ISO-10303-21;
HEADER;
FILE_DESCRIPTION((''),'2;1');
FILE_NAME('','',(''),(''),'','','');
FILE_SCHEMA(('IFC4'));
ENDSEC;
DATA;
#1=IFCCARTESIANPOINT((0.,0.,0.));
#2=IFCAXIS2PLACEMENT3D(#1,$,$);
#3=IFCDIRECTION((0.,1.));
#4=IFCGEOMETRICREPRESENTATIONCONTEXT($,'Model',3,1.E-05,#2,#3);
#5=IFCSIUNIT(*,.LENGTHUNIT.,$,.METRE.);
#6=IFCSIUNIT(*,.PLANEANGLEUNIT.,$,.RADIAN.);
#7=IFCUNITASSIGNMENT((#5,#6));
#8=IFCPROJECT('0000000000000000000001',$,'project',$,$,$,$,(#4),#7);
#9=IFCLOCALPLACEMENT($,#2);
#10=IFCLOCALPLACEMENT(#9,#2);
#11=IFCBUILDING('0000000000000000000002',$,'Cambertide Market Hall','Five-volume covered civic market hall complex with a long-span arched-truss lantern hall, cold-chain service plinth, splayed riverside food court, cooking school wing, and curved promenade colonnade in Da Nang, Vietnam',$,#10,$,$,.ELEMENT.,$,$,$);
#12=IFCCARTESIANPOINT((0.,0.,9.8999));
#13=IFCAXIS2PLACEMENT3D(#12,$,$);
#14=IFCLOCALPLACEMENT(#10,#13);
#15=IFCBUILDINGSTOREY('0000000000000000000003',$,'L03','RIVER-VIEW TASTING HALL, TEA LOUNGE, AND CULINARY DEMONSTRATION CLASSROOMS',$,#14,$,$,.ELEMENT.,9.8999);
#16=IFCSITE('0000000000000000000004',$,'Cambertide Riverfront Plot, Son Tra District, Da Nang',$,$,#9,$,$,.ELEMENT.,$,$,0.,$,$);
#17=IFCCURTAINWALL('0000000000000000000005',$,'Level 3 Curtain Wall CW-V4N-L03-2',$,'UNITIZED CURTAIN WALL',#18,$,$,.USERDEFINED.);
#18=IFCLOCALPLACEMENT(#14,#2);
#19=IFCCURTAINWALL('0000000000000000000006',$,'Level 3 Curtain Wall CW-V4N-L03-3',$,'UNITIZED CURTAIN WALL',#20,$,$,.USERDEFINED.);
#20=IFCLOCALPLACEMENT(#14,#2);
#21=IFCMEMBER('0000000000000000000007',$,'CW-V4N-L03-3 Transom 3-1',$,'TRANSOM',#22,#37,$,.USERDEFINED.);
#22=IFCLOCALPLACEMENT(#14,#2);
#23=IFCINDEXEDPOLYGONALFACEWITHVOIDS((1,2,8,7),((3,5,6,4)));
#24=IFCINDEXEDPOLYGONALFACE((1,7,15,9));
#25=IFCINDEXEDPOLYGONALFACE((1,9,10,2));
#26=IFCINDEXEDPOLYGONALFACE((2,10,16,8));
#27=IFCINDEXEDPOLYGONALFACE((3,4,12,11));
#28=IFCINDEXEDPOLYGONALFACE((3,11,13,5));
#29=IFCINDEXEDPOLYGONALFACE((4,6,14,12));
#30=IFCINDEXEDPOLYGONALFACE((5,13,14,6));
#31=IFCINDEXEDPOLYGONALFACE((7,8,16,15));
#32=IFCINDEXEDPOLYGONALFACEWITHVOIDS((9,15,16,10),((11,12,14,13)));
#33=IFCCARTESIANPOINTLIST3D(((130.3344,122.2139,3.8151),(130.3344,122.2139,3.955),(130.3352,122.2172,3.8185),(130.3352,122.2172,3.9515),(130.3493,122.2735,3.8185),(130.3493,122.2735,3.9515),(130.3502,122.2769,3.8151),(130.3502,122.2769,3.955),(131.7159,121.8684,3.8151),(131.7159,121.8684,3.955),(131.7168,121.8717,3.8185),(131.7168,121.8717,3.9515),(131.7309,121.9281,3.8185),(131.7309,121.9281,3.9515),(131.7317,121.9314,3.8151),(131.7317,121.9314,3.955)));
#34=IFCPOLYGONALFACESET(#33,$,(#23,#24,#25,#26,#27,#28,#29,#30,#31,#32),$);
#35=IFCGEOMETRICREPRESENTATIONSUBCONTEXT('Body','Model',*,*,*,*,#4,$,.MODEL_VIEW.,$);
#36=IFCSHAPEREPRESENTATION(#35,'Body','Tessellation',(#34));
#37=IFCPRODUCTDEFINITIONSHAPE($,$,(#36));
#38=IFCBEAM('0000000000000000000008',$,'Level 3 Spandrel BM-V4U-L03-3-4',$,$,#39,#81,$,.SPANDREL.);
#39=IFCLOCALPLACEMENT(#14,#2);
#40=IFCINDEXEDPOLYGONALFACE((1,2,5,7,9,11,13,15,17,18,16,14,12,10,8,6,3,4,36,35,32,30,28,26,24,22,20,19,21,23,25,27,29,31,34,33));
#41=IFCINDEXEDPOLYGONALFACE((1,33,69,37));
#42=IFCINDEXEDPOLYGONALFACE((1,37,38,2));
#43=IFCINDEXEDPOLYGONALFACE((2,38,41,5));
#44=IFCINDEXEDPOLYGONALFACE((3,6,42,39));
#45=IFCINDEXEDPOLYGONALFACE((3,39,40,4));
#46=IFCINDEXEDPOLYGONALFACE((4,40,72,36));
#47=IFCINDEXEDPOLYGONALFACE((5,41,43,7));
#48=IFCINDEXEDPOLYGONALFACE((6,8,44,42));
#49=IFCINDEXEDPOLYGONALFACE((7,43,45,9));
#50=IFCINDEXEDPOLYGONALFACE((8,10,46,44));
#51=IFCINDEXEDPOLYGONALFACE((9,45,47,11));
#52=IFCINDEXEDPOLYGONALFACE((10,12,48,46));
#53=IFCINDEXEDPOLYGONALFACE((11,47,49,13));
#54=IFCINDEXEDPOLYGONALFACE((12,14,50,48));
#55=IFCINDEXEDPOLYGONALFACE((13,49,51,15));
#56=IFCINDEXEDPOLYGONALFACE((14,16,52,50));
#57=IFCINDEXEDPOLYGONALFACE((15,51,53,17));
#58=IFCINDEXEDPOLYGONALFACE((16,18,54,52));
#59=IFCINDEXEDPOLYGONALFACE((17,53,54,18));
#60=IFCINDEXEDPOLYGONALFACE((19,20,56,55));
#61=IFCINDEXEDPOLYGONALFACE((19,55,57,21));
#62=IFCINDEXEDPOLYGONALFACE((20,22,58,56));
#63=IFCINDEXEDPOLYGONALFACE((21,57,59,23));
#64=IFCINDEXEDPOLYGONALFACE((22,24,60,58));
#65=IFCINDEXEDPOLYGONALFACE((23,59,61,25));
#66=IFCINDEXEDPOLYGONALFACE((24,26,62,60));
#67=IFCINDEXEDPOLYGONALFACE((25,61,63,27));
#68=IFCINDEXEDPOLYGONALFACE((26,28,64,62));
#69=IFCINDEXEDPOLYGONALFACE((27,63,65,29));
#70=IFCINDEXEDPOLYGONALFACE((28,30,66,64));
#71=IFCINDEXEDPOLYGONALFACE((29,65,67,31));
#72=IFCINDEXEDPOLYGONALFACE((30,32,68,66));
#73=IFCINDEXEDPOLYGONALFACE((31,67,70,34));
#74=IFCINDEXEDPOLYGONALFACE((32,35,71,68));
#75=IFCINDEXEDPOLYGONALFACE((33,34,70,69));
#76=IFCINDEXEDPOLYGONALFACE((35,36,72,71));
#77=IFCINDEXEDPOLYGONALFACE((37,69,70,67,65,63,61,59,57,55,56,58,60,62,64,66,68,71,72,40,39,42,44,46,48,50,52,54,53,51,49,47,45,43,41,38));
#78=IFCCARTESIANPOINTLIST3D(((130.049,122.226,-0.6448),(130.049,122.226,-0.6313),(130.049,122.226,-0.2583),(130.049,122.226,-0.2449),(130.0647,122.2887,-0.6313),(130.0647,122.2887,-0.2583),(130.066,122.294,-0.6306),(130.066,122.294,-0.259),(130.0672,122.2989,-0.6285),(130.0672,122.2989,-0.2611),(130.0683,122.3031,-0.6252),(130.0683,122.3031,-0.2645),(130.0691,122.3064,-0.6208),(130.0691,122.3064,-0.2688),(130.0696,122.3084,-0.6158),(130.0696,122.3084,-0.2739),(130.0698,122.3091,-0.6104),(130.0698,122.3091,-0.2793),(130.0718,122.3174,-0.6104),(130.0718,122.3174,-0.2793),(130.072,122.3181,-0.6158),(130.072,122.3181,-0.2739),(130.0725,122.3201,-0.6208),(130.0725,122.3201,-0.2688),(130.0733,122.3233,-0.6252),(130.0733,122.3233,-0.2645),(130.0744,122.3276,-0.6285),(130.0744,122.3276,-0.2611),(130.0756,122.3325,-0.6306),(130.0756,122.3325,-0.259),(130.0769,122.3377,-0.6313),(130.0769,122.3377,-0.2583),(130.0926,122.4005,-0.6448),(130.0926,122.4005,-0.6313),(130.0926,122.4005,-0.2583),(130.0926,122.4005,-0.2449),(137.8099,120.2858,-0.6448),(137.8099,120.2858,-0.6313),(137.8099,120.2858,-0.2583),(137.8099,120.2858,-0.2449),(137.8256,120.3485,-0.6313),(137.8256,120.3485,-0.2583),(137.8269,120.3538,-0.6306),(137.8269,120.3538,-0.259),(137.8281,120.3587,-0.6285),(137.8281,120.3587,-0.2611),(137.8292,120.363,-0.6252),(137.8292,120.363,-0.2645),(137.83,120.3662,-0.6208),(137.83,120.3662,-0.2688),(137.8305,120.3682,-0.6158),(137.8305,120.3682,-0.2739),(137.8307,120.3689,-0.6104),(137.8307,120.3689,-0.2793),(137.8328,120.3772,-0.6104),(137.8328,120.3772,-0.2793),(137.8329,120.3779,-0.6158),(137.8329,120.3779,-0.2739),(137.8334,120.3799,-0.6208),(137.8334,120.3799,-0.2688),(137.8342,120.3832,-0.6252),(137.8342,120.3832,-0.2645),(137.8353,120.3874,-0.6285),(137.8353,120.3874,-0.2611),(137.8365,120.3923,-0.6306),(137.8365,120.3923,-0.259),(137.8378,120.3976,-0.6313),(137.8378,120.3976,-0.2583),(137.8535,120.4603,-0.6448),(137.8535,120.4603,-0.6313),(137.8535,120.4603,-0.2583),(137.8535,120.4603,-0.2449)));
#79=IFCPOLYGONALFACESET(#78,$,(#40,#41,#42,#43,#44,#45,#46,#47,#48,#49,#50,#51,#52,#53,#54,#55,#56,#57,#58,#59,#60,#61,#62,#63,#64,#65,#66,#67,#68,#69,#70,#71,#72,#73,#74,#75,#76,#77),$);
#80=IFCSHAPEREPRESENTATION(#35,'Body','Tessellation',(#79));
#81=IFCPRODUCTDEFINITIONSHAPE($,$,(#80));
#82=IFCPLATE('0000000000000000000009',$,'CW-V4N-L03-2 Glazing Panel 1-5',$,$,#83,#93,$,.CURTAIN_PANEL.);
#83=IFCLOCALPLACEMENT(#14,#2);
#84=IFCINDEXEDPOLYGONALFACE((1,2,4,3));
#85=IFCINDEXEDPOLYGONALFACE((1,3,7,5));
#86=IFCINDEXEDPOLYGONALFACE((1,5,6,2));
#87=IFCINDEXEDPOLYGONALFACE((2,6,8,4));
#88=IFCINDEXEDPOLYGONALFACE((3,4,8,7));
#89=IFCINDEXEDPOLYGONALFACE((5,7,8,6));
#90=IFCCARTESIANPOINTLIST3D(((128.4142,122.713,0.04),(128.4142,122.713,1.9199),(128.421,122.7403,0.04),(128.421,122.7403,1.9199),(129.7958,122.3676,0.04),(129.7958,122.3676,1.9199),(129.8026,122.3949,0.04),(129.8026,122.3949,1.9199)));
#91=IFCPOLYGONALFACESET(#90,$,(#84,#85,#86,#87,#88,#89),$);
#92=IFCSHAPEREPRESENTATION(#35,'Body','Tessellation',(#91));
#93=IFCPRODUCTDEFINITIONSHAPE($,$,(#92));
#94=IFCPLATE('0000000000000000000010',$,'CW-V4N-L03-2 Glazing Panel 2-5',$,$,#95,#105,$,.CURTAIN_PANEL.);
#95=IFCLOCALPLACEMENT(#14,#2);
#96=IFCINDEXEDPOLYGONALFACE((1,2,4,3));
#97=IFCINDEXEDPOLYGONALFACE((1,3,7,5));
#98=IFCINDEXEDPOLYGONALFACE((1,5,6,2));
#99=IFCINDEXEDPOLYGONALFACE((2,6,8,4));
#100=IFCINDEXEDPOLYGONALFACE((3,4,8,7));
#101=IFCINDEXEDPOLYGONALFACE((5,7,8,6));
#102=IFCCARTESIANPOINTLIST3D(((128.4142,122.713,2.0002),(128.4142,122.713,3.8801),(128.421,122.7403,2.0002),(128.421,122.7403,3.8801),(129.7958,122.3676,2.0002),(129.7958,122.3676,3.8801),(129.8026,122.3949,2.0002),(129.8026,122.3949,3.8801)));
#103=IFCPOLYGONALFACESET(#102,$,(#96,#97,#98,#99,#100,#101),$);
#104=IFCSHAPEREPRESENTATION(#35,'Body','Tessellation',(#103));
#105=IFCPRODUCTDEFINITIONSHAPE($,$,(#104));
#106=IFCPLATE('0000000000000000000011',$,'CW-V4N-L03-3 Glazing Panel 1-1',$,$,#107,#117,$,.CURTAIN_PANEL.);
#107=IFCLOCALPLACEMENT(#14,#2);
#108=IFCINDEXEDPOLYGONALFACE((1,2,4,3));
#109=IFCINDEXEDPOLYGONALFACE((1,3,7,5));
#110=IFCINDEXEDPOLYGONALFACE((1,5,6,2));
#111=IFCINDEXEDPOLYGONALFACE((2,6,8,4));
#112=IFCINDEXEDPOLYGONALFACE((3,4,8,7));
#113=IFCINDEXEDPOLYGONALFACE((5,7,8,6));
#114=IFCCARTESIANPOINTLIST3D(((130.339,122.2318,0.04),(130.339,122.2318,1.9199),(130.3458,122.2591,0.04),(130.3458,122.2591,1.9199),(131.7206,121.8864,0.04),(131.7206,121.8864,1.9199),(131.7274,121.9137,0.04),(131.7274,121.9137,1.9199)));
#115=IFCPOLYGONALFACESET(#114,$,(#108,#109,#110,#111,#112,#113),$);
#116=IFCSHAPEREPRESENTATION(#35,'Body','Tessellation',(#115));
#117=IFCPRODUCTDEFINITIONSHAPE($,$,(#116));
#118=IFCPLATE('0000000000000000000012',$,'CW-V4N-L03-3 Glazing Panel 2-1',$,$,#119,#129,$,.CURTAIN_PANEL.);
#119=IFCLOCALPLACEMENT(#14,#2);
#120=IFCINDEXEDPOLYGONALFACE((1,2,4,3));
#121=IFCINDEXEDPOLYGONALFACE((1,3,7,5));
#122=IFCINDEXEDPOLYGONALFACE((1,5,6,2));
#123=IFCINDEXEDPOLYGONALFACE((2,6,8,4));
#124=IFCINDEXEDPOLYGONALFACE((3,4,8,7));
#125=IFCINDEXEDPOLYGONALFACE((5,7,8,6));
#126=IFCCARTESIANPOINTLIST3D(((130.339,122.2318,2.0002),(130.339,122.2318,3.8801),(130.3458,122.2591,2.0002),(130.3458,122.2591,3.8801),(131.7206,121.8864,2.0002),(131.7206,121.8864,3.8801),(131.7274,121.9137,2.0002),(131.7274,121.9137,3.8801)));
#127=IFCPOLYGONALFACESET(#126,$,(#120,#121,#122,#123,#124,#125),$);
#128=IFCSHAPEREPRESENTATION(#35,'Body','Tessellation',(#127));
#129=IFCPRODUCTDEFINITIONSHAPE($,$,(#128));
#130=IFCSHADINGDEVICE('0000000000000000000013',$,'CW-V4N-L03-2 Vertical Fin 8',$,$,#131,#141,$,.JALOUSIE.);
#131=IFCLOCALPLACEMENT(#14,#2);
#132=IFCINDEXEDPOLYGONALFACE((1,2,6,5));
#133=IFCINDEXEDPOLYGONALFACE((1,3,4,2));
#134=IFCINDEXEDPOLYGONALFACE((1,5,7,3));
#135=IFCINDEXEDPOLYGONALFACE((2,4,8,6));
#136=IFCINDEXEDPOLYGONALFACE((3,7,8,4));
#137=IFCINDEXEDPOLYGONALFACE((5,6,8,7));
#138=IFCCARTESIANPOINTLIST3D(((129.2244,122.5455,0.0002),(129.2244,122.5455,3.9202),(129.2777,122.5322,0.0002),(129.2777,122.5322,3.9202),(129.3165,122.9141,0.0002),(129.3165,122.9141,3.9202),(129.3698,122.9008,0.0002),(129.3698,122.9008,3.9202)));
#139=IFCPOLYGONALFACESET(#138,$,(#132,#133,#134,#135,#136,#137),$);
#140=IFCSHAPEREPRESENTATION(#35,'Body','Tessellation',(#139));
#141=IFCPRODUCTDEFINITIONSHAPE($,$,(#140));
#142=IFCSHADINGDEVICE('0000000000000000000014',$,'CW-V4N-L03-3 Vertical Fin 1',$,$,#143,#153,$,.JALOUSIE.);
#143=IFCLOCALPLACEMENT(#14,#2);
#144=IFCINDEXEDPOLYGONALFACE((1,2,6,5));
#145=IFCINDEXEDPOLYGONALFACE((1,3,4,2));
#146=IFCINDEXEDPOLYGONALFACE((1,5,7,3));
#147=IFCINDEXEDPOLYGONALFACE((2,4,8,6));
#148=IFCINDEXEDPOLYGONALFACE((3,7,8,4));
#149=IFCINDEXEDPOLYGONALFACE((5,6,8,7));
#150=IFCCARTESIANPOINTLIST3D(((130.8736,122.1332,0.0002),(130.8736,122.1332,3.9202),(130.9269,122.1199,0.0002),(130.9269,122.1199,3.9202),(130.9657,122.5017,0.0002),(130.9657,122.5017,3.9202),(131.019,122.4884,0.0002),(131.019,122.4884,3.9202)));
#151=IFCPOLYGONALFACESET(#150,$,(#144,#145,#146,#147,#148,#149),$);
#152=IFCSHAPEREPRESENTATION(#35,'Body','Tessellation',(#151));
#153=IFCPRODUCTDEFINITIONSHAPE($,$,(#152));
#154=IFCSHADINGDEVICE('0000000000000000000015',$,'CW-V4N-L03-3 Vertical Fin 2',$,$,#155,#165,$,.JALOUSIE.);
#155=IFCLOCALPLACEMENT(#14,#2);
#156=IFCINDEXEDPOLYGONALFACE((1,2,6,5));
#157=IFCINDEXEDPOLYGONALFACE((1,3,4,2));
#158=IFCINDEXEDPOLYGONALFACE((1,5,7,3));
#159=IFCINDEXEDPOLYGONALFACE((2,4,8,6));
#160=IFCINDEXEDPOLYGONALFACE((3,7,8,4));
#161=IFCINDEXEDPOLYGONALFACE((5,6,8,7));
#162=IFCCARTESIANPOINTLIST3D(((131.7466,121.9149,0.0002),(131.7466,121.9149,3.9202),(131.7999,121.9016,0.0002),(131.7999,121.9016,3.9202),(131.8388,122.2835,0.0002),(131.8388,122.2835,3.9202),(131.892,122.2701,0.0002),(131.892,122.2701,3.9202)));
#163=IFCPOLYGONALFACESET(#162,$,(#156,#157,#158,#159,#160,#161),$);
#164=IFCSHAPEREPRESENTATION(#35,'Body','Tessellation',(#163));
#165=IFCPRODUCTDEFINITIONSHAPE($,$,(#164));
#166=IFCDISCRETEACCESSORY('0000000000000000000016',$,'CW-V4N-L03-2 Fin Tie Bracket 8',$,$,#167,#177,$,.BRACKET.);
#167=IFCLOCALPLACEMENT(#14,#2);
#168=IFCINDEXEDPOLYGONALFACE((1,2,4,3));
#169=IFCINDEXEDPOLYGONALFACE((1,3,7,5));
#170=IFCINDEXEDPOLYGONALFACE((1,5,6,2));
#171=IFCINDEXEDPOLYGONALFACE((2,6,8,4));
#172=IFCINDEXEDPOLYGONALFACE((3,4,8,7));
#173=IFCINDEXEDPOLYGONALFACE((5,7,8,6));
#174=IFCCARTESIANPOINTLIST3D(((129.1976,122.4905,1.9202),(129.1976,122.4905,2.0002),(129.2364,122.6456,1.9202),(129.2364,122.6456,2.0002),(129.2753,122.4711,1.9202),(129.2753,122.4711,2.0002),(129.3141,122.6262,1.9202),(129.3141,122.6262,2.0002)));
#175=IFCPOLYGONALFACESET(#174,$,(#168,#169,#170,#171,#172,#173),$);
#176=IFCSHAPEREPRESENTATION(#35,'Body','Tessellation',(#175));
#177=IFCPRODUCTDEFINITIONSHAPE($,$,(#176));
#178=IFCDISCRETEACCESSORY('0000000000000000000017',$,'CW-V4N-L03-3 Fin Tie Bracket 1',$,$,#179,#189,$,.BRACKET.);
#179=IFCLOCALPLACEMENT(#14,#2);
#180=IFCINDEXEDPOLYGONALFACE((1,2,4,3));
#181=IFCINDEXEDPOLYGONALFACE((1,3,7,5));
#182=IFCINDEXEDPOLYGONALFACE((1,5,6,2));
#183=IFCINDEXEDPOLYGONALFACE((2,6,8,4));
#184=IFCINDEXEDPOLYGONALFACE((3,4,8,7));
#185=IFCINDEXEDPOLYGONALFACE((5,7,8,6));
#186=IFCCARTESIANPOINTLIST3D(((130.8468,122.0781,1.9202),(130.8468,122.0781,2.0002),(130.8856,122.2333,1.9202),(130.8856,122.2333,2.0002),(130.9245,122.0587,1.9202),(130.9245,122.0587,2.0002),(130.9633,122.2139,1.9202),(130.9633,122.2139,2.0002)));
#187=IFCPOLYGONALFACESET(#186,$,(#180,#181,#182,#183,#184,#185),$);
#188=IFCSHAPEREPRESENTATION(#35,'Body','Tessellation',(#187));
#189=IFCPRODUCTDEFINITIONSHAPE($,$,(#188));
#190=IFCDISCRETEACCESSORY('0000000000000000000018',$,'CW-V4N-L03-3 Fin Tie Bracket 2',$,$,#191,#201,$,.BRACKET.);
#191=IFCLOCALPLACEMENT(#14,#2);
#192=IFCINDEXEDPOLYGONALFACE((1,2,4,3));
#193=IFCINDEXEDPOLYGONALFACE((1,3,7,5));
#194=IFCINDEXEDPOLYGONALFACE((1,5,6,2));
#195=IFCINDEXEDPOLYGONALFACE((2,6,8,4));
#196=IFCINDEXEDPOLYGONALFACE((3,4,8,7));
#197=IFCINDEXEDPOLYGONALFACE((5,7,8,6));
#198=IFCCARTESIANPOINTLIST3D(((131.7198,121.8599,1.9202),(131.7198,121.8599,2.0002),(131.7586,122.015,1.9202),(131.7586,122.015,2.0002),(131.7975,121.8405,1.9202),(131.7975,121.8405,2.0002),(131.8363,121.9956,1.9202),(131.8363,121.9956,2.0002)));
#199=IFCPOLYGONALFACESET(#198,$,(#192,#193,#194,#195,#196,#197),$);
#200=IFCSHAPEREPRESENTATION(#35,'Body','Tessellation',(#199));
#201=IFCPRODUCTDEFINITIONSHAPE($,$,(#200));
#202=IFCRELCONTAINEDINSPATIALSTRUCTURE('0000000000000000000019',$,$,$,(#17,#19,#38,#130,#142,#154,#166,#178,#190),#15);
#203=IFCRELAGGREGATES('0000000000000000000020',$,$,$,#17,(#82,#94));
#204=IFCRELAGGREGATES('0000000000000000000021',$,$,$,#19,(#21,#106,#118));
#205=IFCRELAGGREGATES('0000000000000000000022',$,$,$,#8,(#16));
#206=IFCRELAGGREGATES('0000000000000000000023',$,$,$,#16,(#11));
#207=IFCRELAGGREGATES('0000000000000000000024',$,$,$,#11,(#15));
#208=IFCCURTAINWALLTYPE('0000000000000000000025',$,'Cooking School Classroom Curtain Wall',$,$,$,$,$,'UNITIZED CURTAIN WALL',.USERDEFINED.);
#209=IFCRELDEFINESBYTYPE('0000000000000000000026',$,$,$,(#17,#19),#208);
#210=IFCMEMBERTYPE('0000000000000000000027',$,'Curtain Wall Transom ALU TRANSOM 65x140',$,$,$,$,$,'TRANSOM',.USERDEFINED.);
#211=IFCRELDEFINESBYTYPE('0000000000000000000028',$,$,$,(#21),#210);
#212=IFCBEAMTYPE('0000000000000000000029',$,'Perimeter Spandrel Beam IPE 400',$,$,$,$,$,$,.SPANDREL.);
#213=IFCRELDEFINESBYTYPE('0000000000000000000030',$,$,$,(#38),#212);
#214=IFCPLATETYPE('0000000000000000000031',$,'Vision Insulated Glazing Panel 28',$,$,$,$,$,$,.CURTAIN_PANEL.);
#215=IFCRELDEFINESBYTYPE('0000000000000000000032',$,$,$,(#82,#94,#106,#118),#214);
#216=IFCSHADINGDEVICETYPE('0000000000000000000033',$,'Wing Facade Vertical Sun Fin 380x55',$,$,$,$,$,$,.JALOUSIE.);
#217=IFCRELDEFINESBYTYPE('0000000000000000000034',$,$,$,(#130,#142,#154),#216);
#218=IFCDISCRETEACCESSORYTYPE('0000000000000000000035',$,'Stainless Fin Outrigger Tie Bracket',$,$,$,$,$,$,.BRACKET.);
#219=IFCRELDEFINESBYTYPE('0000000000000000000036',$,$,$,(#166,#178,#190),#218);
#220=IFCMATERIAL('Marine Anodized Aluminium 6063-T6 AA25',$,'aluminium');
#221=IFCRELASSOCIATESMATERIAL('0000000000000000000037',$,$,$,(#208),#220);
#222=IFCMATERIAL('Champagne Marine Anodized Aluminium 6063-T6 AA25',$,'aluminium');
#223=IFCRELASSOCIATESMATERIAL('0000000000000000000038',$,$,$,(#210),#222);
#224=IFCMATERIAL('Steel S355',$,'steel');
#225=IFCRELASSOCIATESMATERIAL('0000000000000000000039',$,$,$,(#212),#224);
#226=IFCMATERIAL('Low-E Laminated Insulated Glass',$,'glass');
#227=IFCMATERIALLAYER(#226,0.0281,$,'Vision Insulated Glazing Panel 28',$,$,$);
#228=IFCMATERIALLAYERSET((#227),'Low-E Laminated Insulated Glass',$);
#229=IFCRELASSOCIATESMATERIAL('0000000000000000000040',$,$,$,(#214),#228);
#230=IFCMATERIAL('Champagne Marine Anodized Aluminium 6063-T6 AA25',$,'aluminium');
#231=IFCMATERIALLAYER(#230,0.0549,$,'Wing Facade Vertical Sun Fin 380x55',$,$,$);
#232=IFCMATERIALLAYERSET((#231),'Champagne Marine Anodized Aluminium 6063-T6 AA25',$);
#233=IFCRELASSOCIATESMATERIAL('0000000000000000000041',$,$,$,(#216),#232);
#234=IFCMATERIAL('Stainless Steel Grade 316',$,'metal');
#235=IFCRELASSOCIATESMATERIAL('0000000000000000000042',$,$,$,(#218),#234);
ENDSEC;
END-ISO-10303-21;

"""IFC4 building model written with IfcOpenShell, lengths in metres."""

from ifc_helpers import new_model, si_unit, direction, frame, origin, origin_2d, place, context, subcontext, project, spatial, rectangle, hollow_rectangle, i_section, extrude, material, layer, layer_set, material_profile, profile_set, type_object, element, aggregate, save


model = new_model("IFC4")

# Units and contexts
model_context = context("Model", 3, precision=1e-05, world=origin(), true_north=direction((0.0, 1.0)))
body_context = subcontext(model_context, "Body", "Model", "MODEL_VIEW")
ifc_project = project(units=[si_unit("LENGTHUNIT", "METRE"), si_unit("PLANEANGLEUNIT", "RADIAN")], contexts=[model_context])

# Site, building, storey
site_placement = place(None, origin())
site = spatial("IfcSite", under=ifc_project, at=site_placement, Name="Cambertide Riverfront Plot, Son Tra District, Da Nang", CompositionType="ELEMENT", RefElevation=0.0)
building_placement = place(site_placement, origin())
building = spatial("IfcBuilding", under=site, at=building_placement, Name="Cambertide Market Hall", Description="Five-volume covered civic market hall complex with a long-span arched-truss lantern hall, cold-chain service plinth, splayed riverside food court, cooking school wing, and curved promenade colonnade in Da Nang, Vietnam", CompositionType="ELEMENT")
storey_placement = place(building_placement, frame((0.0, 0.0, 9.8999)))
storey = spatial("IfcBuildingStorey", under=building, at=storey_placement, Name="L03", Description="RIVER-VIEW TASTING HALL, TEA LOUNGE, AND CULINARY DEMONSTRATION CLASSROOMS", CompositionType="ELEMENT", Elevation=9.8999)

# Curtain wall
ifc_material_1 = material(Name="Marine Anodized Aluminium 6063-T6 AA25", Category="aluminium")
curtain_wall_type = type_object("IfcCurtainWallType", Name="Cooking School Classroom Curtain Wall", ElementType="UNITIZED CURTAIN WALL", PredefinedType="USERDEFINED", material=ifc_material_1)
curtain_wall_1_placement = place(storey_placement, origin())
curtain_wall_1 = element("IfcCurtainWall", 1, at=curtain_wall_1_placement, inside=storey, type_object=curtain_wall_type, Name="Level 3 Curtain Wall CW-V4N-L03-2", ObjectType="UNITIZED CURTAIN WALL", PredefinedType="USERDEFINED")

# Curtain wall
curtain_wall_2_placement = place(storey_placement, origin())
curtain_wall_2 = element("IfcCurtainWall", 2, at=curtain_wall_2_placement, inside=storey, type_object=curtain_wall_type, Name="Level 3 Curtain Wall CW-V4N-L03-3", ObjectType="UNITIZED CURTAIN WALL", PredefinedType="USERDEFINED")

# Member
ifc_material_2 = material(Name="Champagne Marine Anodized Aluminium 6063-T6 AA25", Category="aluminium")
ifc_material_profile_1 = material_profile(ifc_material_2, hollow_rectangle(XDim=0.0649, YDim=0.1399, WallThickness=0.0034, at=origin_2d()), Name="ALU TRANSOM 65x140")
ifc_profile_set_1 = profile_set([ifc_material_profile_1], Name="Champagne Marine Anodized Aluminium 6063-T6 AA25")
member_type_1 = type_object("IfcMemberType", Name="Curtain Wall Transom ALU TRANSOM 65x140", ElementType="TRANSOM", PredefinedType="USERDEFINED", material=ifc_profile_set_1)
member_1_placement = place(storey_placement, frame((130.3423, 122.2454, 3.885), z_axis=(0.970132, -0.242576, 0.0), x_axis=(0.242576, 0.970132, 0.0)))
member_1 = element("IfcMember", 3, at=member_1_placement, type_object=member_type_1, Name="CW-V4N-L03-3 Transom 3-1", ObjectType="TRANSOM", PredefinedType="USERDEFINED", context=body_context, shape_type="SweptSolid", body=[
    extrude(hollow_rectangle(XDim=0.0649, YDim=0.1399, WallThickness=0.0034, at=origin_2d()), origin(), (0.0, 0.0, 1.0), 1.4241),
])

# Beam
ifc_material_3 = material(Name="Steel S355", Category="steel")
ifc_material_profile_2 = material_profile(ifc_material_3, i_section(OverallWidth=0.1799, OverallDepth=0.3999, WebThickness=0.0085, FlangeThickness=0.0134, FilletRadius=0.021, at=origin_2d()), Name="IPE 400")
ifc_profile_set_2 = profile_set([ifc_material_profile_2], Name="Steel S355")
beam_type = type_object("IfcBeamType", Name="Perimeter Spandrel Beam IPE 400", PredefinedType="SPANDREL", material=ifc_profile_set_2)
beam_placement = place(storey_placement, frame((130.0708, 122.3132, -0.4448), z_axis=(0.970144, -0.242528, 0.0), x_axis=(0.242528, 0.970144, 0.0)))
element("IfcBeam", 4, at=beam_placement, inside=storey, type_object=beam_type, Name="Level 3 Spandrel BM-V4U-L03-3-4", PredefinedType="SPANDREL", context=body_context, shape_type="SweptSolid", body=[
    extrude(i_section(OverallWidth=0.1799, OverallDepth=0.3999, WebThickness=0.0085, FlangeThickness=0.0134, FilletRadius=0.021, at=origin_2d()), origin(), (0.0, 0.0, 1.0), 7.9998),
])

# Plates
ifc_material_4 = material(Name="Low-E Laminated Insulated Glass", Category="glass")
ifc_layer_1 = layer(ifc_material_4, 0.0281, Name="Vision Insulated Glazing Panel 28")
ifc_layer_set_1 = layer_set([ifc_layer_1], Name="Low-E Laminated Insulated Glass")
plate_type = type_object("IfcPlateType", Name="Vision Insulated Glazing Panel 28", PredefinedType="CURTAIN_PANEL", material=ifc_layer_set_1)
plate_1_placement = place(storey_placement, frame((129.1084, 122.554, 0.04), z_axis=(0.0, 0.0, 1.0), x_axis=(0.970143, -0.242536, 0.0)))
plate_1 = element("IfcPlate", 5, at=plate_1_placement, type_object=plate_type, Name="CW-V4N-L03-2 Glazing Panel 1-5", PredefinedType="CURTAIN_PANEL", context=body_context, shape_type="SweptSolid", body=[
    extrude(rectangle(XDim=1.4241, YDim=0.0281, at=origin_2d()), origin(), (0.0, 0.0, 1.0), 1.8799),
])
plate_2_placement = place(storey_placement, frame((129.1084, 122.554, 2.0002), z_axis=(0.0, 0.0, 1.0), x_axis=(0.970143, -0.242536, 0.0)))
plate_2 = element("IfcPlate", 6, at=plate_2_placement, type_object=plate_type, Name="CW-V4N-L03-2 Glazing Panel 2-5", PredefinedType="CURTAIN_PANEL", context=body_context, shape_type="SweptSolid", body=[
    extrude(rectangle(XDim=1.4241, YDim=0.0281, at=origin_2d()), origin(), (0.0, 0.0, 1.0), 1.8799),
])
aggregate(curtain_wall_1, [plate_1, plate_2])
plate_3_placement = place(storey_placement, frame((131.0332, 122.0728, 0.04), z_axis=(0.0, 0.0, 1.0), x_axis=(0.970143, -0.242536, 0.0)))
plate_3 = element("IfcPlate", 7, at=plate_3_placement, type_object=plate_type, Name="CW-V4N-L03-3 Glazing Panel 1-1", PredefinedType="CURTAIN_PANEL", context=body_context, shape_type="SweptSolid", body=[
    extrude(rectangle(XDim=1.4241, YDim=0.0281, at=origin_2d()), origin(), (0.0, 0.0, 1.0), 1.8799),
])
plate_4_placement = place(storey_placement, frame((131.0332, 122.0728, 2.0002), z_axis=(0.0, 0.0, 1.0), x_axis=(0.970143, -0.242536, 0.0)))
plate_4 = element("IfcPlate", 8, at=plate_4_placement, type_object=plate_type, Name="CW-V4N-L03-3 Glazing Panel 2-1", PredefinedType="CURTAIN_PANEL", context=body_context, shape_type="SweptSolid", body=[
    extrude(rectangle(XDim=1.4241, YDim=0.0281, at=origin_2d()), origin(), (0.0, 0.0, 1.0), 1.8799),
])
aggregate(curtain_wall_2, [member_1, plate_3, plate_4])

# Shading devices
ifc_material_5 = material(Name="Champagne Marine Anodized Aluminium 6063-T6 AA25", Category="aluminium")
ifc_layer_2 = layer(ifc_material_5, 0.0549, Name="Wing Facade Vertical Sun Fin 380x55")
ifc_layer_set_2 = layer_set([ifc_layer_2], Name="Champagne Marine Anodized Aluminium 6063-T6 AA25")
shading_device_type = type_object("IfcShadingDeviceType", Name="Wing Facade Vertical Sun Fin 380x55", PredefinedType="JALOUSIE", material=ifc_layer_set_2)
for number, where, z_axis, x_axis, name in (
    (9, (129.2971, 122.7231, 0.0002), (0.0, 0.0, 1.0), (0.970143, -0.242536, 0.0), "CW-V4N-L03-2 Vertical Fin 8"),
    (10, (130.9463, 122.3108, 0.0002), (0.0, 0.0, 1.0), (0.970143, -0.242536, 0.0), "CW-V4N-L03-3 Vertical Fin 1"),
    (11, (131.8193, 122.0925, 0.0002), (0.0, 0.0, 1.0), (0.970143, -0.242536, 0.0), "CW-V4N-L03-3 Vertical Fin 2"),
):
    element("IfcShadingDevice", number, at=place(storey_placement, frame(where, z_axis=z_axis, x_axis=x_axis)), inside=storey, type_object=shading_device_type, Name=name, PredefinedType="JALOUSIE", context=body_context, shape_type="SweptSolid", body=[
        extrude(rectangle(XDim=0.0549, YDim=0.3799, at=origin_2d()), origin(), (0.0, 0.0, 1.0), 3.9199),
    ])

# Discrete accessories
ifc_material_6 = material(Name="Stainless Steel Grade 316", Category="metal")
discrete_accessory_type = type_object("IfcDiscreteAccessoryType", Name="Stainless Fin Outrigger Tie Bracket", PredefinedType="BRACKET", material=ifc_material_6)
for number, where, z_axis, x_axis, name in (
    (12, (129.2559, 122.5583, 1.9202), (0.0, 0.0, 1.0), (0.970143, -0.242536, 0.0), "CW-V4N-L03-2 Fin Tie Bracket 8"),
    (13, (130.905, 122.146, 1.9202), (0.0, 0.0, 1.0), (0.970143, -0.242536, 0.0), "CW-V4N-L03-3 Fin Tie Bracket 1"),
    (14, (131.7781, 121.9277, 1.9202), (0.0, 0.0, 1.0), (0.970143, -0.242536, 0.0), "CW-V4N-L03-3 Fin Tie Bracket 2"),
):
    element("IfcDiscreteAccessory", number, at=place(storey_placement, frame(where, z_axis=z_axis, x_axis=x_axis)), inside=storey, type_object=discrete_accessory_type, Name=name, PredefinedType="BRACKET", context=body_context, shape_type="SweptSolid", body=[
        extrude(rectangle(XDim=0.0801, YDim=0.1599, at=origin_2d()), origin(), (0.0, 0.0, 1.0), 0.0801),
    ])

save(model, "model.ifc")
